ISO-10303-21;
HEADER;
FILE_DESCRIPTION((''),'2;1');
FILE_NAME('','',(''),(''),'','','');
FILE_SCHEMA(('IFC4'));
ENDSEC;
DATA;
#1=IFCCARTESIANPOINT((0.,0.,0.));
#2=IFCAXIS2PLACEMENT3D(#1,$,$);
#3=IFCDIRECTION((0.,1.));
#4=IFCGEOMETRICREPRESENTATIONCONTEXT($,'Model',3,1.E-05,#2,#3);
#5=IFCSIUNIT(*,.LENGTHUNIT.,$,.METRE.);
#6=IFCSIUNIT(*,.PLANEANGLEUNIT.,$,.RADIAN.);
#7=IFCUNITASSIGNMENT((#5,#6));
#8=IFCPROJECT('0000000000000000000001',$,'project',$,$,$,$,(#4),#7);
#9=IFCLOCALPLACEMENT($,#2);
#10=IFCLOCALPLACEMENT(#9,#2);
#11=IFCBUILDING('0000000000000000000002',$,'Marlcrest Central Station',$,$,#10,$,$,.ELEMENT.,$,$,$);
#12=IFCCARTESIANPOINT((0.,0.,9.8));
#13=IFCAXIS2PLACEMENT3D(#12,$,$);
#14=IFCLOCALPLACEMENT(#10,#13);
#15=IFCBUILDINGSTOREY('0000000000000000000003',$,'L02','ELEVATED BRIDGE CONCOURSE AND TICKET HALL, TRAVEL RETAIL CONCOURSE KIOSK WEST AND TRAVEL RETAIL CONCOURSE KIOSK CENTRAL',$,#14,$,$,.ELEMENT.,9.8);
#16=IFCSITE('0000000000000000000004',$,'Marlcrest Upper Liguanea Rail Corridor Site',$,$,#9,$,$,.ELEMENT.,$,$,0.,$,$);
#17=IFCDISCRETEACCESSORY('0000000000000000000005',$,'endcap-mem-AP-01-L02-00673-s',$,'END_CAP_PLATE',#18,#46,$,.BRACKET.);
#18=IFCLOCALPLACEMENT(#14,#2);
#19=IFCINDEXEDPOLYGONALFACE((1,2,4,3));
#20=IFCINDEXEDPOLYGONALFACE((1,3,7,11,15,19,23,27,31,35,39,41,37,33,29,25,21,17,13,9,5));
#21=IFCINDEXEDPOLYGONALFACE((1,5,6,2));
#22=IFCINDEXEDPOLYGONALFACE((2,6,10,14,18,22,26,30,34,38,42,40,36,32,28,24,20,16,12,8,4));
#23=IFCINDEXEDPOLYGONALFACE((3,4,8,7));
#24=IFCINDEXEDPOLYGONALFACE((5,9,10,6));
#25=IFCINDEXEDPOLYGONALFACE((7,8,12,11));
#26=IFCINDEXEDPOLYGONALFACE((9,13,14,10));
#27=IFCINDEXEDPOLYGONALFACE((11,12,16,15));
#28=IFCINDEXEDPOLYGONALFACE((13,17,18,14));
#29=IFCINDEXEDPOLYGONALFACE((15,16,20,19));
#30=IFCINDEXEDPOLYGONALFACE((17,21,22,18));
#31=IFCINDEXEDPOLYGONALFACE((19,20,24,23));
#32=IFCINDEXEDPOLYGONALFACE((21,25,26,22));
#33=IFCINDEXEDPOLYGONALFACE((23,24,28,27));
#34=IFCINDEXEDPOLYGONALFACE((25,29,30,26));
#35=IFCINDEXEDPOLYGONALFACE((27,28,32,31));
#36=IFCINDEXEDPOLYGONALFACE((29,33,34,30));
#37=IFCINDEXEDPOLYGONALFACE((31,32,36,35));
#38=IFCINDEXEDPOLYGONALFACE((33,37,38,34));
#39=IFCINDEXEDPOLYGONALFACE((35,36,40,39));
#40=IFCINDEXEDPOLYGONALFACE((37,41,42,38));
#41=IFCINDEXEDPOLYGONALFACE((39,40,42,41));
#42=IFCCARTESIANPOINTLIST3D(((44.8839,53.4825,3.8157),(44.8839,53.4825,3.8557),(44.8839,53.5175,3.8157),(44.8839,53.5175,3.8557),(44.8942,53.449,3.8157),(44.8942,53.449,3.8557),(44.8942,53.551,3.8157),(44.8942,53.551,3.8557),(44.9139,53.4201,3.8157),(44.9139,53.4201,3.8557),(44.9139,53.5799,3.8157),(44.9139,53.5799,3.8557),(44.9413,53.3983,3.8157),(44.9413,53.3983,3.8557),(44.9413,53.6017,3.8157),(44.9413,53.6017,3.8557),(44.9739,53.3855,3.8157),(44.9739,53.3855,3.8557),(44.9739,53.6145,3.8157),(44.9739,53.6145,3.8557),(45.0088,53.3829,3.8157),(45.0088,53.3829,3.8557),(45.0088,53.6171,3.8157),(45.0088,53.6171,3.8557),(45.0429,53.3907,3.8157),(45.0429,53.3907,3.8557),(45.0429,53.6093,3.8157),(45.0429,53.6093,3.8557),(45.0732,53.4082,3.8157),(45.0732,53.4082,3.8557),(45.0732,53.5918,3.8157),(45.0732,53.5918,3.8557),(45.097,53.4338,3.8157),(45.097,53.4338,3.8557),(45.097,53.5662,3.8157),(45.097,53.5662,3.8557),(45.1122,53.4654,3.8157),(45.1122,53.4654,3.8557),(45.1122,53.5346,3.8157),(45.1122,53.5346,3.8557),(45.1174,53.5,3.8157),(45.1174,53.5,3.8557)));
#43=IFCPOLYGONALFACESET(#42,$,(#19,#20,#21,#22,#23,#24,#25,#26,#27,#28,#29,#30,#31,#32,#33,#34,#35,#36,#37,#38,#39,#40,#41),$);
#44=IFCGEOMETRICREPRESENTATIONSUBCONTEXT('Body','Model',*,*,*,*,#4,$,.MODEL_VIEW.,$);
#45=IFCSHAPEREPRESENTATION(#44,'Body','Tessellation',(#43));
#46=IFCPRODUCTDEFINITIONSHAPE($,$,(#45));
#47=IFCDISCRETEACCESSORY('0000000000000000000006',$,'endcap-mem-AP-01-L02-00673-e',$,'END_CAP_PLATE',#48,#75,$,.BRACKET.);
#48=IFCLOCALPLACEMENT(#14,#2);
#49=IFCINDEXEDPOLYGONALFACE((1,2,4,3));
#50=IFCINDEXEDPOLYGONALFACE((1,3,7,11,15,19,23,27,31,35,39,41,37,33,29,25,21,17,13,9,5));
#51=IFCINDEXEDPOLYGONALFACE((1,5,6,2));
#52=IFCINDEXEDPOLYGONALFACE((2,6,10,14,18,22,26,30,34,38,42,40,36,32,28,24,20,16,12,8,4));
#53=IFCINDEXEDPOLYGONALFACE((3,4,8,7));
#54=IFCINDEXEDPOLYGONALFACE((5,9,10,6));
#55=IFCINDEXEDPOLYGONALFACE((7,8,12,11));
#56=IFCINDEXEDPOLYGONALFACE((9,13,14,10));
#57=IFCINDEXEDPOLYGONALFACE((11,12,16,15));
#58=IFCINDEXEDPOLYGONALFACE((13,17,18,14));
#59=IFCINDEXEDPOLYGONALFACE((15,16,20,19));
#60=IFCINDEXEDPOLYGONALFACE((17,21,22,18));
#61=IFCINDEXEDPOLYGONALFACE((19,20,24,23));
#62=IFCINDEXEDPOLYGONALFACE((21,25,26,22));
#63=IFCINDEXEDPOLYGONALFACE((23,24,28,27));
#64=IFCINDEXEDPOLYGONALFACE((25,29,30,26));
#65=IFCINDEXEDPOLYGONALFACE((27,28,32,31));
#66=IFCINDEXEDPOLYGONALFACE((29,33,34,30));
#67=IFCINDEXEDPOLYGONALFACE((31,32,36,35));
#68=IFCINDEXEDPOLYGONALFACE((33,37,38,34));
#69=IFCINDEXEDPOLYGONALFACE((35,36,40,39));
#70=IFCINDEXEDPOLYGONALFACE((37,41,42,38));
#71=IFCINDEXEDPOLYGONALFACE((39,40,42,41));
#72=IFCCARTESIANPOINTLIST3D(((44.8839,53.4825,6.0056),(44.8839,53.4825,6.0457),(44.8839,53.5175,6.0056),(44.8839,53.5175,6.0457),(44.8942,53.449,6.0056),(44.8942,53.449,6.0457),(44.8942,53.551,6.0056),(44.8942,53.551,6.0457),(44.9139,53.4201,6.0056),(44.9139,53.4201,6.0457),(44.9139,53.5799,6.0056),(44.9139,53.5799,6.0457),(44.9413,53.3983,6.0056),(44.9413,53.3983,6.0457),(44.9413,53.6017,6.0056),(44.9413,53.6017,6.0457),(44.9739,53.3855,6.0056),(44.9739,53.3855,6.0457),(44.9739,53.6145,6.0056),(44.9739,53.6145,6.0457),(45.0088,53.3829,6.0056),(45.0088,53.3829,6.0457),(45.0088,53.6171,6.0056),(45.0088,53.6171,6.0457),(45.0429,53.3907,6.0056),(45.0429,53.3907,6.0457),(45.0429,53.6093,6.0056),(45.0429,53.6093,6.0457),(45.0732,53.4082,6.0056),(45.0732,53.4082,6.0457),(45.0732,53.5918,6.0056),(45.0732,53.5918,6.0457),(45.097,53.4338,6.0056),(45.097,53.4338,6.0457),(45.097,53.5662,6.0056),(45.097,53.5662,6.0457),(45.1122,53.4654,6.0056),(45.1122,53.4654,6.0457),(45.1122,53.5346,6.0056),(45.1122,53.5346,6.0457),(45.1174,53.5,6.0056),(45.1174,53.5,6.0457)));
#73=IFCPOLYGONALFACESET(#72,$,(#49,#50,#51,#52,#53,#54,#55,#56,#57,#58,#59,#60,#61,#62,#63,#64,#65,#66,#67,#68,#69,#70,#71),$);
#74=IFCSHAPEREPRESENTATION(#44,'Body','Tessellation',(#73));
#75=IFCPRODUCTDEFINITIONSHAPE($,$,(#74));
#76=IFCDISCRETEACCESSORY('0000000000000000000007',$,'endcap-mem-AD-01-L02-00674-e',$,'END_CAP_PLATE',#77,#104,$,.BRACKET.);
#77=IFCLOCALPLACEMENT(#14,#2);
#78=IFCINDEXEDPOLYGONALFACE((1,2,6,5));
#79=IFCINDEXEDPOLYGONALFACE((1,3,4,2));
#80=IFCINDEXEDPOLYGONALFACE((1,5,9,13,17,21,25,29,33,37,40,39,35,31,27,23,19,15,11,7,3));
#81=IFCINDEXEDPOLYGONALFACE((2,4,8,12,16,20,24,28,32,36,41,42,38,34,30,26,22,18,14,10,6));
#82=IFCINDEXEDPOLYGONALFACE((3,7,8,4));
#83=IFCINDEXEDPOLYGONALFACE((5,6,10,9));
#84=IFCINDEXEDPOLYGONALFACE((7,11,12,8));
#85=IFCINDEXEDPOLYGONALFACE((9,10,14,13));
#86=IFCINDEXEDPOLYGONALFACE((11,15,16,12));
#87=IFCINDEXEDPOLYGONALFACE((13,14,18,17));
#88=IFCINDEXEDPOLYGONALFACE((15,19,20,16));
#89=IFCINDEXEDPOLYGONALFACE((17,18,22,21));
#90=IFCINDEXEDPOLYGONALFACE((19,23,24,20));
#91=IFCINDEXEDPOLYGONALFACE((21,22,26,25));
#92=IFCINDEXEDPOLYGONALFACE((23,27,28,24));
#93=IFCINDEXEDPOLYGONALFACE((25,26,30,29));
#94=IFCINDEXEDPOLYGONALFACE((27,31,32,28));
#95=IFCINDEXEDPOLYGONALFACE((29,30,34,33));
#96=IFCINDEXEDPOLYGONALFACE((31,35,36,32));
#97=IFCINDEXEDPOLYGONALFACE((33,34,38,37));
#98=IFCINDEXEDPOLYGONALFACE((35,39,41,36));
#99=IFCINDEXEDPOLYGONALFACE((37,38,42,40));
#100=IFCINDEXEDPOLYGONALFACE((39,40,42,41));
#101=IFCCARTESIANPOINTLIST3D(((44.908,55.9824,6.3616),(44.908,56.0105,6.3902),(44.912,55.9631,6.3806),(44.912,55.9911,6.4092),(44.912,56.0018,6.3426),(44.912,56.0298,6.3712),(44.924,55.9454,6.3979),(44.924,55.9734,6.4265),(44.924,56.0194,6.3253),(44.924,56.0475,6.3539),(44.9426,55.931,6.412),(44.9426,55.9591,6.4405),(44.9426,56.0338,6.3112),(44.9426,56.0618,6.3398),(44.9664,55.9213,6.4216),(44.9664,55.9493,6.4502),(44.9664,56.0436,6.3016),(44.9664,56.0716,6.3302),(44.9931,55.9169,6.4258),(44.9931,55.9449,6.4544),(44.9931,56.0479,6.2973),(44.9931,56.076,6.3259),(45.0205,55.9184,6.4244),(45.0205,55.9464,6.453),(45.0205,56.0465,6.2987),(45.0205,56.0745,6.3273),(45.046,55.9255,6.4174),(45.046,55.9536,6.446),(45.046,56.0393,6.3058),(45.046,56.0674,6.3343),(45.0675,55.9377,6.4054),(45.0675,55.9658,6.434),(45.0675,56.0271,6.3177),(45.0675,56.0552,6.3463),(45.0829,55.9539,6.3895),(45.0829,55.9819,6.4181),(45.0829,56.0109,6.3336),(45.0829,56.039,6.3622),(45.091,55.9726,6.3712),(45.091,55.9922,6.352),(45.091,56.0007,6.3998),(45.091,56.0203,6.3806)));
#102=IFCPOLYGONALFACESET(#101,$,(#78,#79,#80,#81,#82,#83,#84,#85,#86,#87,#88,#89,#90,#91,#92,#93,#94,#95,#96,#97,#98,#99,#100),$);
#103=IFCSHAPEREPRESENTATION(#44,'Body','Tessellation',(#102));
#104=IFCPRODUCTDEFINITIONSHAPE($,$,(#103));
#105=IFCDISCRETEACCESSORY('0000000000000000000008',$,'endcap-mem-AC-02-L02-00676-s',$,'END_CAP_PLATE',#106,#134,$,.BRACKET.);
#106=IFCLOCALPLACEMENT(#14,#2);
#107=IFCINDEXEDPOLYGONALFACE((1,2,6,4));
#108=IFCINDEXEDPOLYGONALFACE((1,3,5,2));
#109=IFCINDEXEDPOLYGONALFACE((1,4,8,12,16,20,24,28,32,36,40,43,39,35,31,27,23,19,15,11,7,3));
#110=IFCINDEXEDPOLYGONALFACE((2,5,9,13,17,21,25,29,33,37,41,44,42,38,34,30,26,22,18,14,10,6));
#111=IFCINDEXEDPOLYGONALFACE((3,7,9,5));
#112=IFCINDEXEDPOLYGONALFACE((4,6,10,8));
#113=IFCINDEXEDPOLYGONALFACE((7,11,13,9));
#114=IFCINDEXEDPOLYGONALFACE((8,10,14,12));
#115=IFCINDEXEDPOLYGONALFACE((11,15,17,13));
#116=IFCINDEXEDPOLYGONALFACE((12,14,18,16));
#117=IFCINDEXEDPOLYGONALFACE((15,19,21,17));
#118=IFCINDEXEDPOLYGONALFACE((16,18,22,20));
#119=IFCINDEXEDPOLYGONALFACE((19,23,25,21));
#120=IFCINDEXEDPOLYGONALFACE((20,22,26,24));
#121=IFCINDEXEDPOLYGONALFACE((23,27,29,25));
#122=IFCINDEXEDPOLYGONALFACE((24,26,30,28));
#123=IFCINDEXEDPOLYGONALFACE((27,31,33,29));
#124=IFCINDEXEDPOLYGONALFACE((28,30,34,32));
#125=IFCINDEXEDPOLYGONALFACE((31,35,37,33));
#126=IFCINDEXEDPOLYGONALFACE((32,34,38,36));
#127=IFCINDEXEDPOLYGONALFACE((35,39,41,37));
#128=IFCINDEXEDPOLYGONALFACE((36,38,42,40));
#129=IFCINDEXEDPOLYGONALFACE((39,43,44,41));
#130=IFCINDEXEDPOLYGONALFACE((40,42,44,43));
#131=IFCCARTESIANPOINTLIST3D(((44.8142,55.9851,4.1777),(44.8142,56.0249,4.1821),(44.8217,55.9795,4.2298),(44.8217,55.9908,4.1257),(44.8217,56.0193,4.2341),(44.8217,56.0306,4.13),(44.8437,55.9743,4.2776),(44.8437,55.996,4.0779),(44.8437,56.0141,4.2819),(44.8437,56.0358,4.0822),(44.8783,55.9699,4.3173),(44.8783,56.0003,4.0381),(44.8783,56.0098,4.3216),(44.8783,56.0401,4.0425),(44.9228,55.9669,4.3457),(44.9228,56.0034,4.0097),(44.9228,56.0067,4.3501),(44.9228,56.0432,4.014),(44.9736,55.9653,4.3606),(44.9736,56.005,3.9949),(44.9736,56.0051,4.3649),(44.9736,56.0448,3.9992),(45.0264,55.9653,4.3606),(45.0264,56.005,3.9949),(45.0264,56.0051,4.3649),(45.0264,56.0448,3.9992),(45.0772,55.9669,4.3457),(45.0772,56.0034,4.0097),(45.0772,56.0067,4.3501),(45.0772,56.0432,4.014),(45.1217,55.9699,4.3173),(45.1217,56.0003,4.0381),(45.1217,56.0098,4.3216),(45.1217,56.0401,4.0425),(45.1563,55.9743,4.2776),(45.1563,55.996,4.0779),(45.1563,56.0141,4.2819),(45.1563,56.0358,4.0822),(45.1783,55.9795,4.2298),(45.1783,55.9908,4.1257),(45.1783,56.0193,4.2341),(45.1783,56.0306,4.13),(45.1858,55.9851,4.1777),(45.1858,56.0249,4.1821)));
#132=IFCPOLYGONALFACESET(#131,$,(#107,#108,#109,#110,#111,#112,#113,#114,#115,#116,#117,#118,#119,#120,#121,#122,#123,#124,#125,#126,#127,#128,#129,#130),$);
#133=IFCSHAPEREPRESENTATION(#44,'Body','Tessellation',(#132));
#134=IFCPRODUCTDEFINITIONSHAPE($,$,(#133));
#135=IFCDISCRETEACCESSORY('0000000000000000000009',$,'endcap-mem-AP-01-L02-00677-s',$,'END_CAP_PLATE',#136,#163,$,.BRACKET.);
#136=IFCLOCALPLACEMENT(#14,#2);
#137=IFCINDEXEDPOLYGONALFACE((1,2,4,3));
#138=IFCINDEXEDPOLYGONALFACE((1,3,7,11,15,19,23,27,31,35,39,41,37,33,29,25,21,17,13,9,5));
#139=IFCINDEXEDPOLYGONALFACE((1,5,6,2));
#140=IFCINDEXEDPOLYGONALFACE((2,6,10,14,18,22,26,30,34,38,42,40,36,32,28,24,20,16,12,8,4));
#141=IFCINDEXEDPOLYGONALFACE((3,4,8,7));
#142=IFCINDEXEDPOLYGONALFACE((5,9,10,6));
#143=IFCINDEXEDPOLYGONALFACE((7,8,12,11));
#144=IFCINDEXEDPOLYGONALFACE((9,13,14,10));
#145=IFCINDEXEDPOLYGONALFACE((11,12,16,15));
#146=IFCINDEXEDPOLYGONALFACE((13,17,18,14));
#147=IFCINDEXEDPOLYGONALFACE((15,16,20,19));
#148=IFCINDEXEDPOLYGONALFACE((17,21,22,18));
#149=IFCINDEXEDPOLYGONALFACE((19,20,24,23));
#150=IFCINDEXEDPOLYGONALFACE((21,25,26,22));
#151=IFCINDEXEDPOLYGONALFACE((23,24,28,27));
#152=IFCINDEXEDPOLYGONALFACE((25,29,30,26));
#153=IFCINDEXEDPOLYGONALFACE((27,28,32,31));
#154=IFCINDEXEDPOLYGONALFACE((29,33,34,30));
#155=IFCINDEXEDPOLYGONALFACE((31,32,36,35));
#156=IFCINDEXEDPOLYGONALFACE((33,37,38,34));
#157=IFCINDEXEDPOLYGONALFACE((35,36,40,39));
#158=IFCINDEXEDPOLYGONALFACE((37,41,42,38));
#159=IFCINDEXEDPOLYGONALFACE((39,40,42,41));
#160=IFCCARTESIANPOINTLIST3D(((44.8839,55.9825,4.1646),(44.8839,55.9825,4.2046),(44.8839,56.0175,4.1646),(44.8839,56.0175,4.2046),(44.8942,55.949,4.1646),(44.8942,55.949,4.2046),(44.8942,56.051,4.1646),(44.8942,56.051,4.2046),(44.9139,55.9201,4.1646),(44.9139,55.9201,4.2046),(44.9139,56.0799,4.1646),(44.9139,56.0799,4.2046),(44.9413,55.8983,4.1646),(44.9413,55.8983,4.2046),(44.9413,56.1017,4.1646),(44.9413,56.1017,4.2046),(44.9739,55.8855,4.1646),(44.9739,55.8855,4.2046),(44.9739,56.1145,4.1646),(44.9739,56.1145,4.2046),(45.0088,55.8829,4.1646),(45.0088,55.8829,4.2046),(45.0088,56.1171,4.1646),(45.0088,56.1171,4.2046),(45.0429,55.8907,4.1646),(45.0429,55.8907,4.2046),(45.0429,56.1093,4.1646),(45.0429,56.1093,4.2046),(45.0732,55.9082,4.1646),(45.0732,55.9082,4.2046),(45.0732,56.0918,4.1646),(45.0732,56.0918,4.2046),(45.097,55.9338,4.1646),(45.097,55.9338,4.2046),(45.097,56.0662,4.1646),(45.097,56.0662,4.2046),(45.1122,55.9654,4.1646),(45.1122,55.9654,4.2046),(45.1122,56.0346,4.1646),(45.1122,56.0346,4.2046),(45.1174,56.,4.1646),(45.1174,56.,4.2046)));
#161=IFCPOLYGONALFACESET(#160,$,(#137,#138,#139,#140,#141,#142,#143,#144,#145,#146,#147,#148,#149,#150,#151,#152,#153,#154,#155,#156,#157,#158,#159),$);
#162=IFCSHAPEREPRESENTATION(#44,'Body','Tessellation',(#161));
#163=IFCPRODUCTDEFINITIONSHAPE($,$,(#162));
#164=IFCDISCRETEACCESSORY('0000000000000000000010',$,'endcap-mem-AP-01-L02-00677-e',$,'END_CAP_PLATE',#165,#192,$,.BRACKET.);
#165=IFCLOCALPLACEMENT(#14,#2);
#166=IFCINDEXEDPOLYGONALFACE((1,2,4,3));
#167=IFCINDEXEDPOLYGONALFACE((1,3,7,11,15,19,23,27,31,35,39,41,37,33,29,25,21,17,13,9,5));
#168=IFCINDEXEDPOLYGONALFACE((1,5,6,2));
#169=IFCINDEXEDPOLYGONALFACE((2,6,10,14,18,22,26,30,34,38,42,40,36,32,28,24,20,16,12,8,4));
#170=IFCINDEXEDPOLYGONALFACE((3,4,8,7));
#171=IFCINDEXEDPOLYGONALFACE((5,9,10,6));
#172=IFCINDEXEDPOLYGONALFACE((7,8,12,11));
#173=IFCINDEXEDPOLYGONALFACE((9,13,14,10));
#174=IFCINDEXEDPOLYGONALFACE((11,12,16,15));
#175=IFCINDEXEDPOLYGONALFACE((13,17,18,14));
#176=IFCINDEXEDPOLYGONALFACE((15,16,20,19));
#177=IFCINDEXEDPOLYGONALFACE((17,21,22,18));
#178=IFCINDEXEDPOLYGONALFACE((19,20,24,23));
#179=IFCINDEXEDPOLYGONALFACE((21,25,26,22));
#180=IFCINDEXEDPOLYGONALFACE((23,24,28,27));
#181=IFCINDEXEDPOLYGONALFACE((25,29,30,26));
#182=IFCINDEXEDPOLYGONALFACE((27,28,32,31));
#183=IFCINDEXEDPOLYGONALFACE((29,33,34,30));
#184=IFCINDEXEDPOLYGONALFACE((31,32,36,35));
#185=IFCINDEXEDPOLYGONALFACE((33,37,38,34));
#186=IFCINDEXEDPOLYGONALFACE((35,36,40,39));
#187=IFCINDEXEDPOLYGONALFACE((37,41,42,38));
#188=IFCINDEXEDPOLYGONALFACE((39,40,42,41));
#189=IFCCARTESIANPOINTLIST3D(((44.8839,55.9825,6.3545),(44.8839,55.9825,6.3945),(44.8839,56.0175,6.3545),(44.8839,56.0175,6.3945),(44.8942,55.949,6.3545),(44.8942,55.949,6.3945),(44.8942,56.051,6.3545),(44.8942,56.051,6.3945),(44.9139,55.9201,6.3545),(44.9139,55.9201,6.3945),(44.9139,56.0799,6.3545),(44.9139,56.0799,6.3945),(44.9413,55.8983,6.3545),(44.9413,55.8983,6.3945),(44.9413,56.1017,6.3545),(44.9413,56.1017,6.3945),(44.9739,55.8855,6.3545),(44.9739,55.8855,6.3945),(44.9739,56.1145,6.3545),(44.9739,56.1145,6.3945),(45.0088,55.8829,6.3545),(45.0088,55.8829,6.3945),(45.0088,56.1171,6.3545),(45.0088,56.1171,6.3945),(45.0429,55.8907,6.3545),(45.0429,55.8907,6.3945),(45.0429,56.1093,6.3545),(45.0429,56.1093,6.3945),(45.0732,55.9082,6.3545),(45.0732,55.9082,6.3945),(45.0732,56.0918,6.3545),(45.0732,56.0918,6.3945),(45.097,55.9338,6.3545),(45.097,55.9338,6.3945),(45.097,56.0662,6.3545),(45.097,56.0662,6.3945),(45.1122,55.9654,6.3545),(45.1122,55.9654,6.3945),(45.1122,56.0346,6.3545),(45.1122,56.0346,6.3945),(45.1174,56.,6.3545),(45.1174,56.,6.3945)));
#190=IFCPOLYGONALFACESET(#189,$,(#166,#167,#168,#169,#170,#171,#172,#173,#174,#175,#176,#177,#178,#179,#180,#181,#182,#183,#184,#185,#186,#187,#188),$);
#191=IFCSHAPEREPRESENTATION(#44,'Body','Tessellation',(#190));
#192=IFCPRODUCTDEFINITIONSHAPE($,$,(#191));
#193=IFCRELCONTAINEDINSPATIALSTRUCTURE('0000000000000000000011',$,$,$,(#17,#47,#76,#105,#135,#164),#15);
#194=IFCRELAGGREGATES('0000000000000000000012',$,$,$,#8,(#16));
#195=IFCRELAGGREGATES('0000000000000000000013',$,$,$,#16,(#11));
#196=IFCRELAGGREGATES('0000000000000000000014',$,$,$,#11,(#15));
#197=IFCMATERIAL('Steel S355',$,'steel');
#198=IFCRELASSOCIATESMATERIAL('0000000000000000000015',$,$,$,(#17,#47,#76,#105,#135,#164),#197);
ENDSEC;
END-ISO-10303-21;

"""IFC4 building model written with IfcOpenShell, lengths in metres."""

from ifc_helpers import new_model, si_unit, direction, frame, origin, origin_2d, place, context, subcontext, project, spatial, circle, extrude, material, element, save


model = new_model("IFC4")

# Units and contexts
model_context = context("Model", 3, precision=1e-05, world=origin(), true_north=direction((0.0, 1.0)))
body_context = subcontext(model_context, "Body", "Model", "MODEL_VIEW")
ifc_project = project(units=[si_unit("LENGTHUNIT", "METRE"), si_unit("PLANEANGLEUNIT", "RADIAN")], contexts=[model_context])

# Site, building, storey
site_placement = place(None, origin())
site = spatial("IfcSite", under=ifc_project, at=site_placement, Name="Marlcrest Upper Liguanea Rail Corridor Site", CompositionType="ELEMENT", RefElevation=0.0)
building_placement = place(site_placement, origin())
building = spatial("IfcBuilding", under=site, at=building_placement, Name="Marlcrest Central Station", CompositionType="ELEMENT")
storey_placement = place(building_placement, frame((0.0, 0.0, 9.8)))
storey = spatial("IfcBuildingStorey", under=building, at=storey_placement, Name="L02", Description="ELEVATED BRIDGE CONCOURSE AND TICKET HALL, TRAVEL RETAIL CONCOURSE KIOSK WEST AND TRAVEL RETAIL CONCOURSE KIOSK CENTRAL", CompositionType="ELEMENT", Elevation=9.8)

# Shared definitions
ifc_material = material(Name="Steel S355", Category="steel")

# Discrete accessories
for number, where, z_axis, x_axis, name in (
    (1, (45.0, 53.5, 3.8157), (0.0, 0.0, 1.0), (1.0, 0.0, 0.0), "endcap-mem-AP-01-L02-00673-s"),
    (2, (45.0, 53.5, 6.0056), (0.0, 0.0, 1.0), (1.0, 0.0, 0.0), "endcap-mem-AP-01-L02-00673-e"),
):
    element("IfcDiscreteAccessory", number, at=place(storey_placement, frame(where, z_axis=z_axis, x_axis=x_axis)), inside=storey, material=ifc_material, Name=name, ObjectType="END_CAP_PLATE", PredefinedType="BRACKET", context=body_context, shape_type="SweptSolid", body=[
        extrude(circle(Radius=0.1174, at=origin_2d()), origin(), (0.0, 0.0, 1.0), 0.04),
    ])
discrete_accessory_1_placement = place(storey_placement, frame((45.0, 55.9824, 6.3616), z_axis=(0.0, 0.700235, 0.713912), x_axis=(-1.0, 0.0, 0.0)))
element("IfcDiscreteAccessory", 3, at=discrete_accessory_1_placement, inside=storey, material=ifc_material, Name="endcap-mem-AD-01-L02-00674-e", ObjectType="END_CAP_PLATE", PredefinedType="BRACKET", context=body_context, shape_type="SweptSolid", body=[
    extrude(circle(Radius=0.092, at=origin_2d()), origin(), (0.0, 0.0, 1.0), 0.04),
])
discrete_accessory_2_placement = place(storey_placement, frame((45.0, 55.9851, 4.1777), z_axis=(0.0, 0.994155, 0.107959), x_axis=(-1.0, 0.0, 0.0)))
element("IfcDiscreteAccessory", 4, at=discrete_accessory_2_placement, inside=storey, material=ifc_material, Name="endcap-mem-AC-02-L02-00676-s", ObjectType="END_CAP_PLATE", PredefinedType="BRACKET", context=body_context, shape_type="SweptSolid", body=[
    extrude(circle(Radius=0.1858, at=origin_2d()), origin(), (0.0, 0.0, 1.0), 0.04),
])
for number, where, z_axis, x_axis, name in (
    (5, (45.0, 56.0, 4.1646), (0.0, 0.0, 1.0), (1.0, 0.0, 0.0), "endcap-mem-AP-01-L02-00677-s"),
    (6, (45.0, 56.0, 6.3545), (0.0, 0.0, 1.0), (1.0, 0.0, 0.0), "endcap-mem-AP-01-L02-00677-e"),
):
    element("IfcDiscreteAccessory", number, at=place(storey_placement, frame(where, z_axis=z_axis, x_axis=x_axis)), inside=storey, material=ifc_material, Name=name, ObjectType="END_CAP_PLATE", PredefinedType="BRACKET", context=body_context, shape_type="SweptSolid", body=[
        extrude(circle(Radius=0.1174, at=origin_2d()), origin(), (0.0, 0.0, 1.0), 0.04),
    ])

save(model, "model.ifc")
